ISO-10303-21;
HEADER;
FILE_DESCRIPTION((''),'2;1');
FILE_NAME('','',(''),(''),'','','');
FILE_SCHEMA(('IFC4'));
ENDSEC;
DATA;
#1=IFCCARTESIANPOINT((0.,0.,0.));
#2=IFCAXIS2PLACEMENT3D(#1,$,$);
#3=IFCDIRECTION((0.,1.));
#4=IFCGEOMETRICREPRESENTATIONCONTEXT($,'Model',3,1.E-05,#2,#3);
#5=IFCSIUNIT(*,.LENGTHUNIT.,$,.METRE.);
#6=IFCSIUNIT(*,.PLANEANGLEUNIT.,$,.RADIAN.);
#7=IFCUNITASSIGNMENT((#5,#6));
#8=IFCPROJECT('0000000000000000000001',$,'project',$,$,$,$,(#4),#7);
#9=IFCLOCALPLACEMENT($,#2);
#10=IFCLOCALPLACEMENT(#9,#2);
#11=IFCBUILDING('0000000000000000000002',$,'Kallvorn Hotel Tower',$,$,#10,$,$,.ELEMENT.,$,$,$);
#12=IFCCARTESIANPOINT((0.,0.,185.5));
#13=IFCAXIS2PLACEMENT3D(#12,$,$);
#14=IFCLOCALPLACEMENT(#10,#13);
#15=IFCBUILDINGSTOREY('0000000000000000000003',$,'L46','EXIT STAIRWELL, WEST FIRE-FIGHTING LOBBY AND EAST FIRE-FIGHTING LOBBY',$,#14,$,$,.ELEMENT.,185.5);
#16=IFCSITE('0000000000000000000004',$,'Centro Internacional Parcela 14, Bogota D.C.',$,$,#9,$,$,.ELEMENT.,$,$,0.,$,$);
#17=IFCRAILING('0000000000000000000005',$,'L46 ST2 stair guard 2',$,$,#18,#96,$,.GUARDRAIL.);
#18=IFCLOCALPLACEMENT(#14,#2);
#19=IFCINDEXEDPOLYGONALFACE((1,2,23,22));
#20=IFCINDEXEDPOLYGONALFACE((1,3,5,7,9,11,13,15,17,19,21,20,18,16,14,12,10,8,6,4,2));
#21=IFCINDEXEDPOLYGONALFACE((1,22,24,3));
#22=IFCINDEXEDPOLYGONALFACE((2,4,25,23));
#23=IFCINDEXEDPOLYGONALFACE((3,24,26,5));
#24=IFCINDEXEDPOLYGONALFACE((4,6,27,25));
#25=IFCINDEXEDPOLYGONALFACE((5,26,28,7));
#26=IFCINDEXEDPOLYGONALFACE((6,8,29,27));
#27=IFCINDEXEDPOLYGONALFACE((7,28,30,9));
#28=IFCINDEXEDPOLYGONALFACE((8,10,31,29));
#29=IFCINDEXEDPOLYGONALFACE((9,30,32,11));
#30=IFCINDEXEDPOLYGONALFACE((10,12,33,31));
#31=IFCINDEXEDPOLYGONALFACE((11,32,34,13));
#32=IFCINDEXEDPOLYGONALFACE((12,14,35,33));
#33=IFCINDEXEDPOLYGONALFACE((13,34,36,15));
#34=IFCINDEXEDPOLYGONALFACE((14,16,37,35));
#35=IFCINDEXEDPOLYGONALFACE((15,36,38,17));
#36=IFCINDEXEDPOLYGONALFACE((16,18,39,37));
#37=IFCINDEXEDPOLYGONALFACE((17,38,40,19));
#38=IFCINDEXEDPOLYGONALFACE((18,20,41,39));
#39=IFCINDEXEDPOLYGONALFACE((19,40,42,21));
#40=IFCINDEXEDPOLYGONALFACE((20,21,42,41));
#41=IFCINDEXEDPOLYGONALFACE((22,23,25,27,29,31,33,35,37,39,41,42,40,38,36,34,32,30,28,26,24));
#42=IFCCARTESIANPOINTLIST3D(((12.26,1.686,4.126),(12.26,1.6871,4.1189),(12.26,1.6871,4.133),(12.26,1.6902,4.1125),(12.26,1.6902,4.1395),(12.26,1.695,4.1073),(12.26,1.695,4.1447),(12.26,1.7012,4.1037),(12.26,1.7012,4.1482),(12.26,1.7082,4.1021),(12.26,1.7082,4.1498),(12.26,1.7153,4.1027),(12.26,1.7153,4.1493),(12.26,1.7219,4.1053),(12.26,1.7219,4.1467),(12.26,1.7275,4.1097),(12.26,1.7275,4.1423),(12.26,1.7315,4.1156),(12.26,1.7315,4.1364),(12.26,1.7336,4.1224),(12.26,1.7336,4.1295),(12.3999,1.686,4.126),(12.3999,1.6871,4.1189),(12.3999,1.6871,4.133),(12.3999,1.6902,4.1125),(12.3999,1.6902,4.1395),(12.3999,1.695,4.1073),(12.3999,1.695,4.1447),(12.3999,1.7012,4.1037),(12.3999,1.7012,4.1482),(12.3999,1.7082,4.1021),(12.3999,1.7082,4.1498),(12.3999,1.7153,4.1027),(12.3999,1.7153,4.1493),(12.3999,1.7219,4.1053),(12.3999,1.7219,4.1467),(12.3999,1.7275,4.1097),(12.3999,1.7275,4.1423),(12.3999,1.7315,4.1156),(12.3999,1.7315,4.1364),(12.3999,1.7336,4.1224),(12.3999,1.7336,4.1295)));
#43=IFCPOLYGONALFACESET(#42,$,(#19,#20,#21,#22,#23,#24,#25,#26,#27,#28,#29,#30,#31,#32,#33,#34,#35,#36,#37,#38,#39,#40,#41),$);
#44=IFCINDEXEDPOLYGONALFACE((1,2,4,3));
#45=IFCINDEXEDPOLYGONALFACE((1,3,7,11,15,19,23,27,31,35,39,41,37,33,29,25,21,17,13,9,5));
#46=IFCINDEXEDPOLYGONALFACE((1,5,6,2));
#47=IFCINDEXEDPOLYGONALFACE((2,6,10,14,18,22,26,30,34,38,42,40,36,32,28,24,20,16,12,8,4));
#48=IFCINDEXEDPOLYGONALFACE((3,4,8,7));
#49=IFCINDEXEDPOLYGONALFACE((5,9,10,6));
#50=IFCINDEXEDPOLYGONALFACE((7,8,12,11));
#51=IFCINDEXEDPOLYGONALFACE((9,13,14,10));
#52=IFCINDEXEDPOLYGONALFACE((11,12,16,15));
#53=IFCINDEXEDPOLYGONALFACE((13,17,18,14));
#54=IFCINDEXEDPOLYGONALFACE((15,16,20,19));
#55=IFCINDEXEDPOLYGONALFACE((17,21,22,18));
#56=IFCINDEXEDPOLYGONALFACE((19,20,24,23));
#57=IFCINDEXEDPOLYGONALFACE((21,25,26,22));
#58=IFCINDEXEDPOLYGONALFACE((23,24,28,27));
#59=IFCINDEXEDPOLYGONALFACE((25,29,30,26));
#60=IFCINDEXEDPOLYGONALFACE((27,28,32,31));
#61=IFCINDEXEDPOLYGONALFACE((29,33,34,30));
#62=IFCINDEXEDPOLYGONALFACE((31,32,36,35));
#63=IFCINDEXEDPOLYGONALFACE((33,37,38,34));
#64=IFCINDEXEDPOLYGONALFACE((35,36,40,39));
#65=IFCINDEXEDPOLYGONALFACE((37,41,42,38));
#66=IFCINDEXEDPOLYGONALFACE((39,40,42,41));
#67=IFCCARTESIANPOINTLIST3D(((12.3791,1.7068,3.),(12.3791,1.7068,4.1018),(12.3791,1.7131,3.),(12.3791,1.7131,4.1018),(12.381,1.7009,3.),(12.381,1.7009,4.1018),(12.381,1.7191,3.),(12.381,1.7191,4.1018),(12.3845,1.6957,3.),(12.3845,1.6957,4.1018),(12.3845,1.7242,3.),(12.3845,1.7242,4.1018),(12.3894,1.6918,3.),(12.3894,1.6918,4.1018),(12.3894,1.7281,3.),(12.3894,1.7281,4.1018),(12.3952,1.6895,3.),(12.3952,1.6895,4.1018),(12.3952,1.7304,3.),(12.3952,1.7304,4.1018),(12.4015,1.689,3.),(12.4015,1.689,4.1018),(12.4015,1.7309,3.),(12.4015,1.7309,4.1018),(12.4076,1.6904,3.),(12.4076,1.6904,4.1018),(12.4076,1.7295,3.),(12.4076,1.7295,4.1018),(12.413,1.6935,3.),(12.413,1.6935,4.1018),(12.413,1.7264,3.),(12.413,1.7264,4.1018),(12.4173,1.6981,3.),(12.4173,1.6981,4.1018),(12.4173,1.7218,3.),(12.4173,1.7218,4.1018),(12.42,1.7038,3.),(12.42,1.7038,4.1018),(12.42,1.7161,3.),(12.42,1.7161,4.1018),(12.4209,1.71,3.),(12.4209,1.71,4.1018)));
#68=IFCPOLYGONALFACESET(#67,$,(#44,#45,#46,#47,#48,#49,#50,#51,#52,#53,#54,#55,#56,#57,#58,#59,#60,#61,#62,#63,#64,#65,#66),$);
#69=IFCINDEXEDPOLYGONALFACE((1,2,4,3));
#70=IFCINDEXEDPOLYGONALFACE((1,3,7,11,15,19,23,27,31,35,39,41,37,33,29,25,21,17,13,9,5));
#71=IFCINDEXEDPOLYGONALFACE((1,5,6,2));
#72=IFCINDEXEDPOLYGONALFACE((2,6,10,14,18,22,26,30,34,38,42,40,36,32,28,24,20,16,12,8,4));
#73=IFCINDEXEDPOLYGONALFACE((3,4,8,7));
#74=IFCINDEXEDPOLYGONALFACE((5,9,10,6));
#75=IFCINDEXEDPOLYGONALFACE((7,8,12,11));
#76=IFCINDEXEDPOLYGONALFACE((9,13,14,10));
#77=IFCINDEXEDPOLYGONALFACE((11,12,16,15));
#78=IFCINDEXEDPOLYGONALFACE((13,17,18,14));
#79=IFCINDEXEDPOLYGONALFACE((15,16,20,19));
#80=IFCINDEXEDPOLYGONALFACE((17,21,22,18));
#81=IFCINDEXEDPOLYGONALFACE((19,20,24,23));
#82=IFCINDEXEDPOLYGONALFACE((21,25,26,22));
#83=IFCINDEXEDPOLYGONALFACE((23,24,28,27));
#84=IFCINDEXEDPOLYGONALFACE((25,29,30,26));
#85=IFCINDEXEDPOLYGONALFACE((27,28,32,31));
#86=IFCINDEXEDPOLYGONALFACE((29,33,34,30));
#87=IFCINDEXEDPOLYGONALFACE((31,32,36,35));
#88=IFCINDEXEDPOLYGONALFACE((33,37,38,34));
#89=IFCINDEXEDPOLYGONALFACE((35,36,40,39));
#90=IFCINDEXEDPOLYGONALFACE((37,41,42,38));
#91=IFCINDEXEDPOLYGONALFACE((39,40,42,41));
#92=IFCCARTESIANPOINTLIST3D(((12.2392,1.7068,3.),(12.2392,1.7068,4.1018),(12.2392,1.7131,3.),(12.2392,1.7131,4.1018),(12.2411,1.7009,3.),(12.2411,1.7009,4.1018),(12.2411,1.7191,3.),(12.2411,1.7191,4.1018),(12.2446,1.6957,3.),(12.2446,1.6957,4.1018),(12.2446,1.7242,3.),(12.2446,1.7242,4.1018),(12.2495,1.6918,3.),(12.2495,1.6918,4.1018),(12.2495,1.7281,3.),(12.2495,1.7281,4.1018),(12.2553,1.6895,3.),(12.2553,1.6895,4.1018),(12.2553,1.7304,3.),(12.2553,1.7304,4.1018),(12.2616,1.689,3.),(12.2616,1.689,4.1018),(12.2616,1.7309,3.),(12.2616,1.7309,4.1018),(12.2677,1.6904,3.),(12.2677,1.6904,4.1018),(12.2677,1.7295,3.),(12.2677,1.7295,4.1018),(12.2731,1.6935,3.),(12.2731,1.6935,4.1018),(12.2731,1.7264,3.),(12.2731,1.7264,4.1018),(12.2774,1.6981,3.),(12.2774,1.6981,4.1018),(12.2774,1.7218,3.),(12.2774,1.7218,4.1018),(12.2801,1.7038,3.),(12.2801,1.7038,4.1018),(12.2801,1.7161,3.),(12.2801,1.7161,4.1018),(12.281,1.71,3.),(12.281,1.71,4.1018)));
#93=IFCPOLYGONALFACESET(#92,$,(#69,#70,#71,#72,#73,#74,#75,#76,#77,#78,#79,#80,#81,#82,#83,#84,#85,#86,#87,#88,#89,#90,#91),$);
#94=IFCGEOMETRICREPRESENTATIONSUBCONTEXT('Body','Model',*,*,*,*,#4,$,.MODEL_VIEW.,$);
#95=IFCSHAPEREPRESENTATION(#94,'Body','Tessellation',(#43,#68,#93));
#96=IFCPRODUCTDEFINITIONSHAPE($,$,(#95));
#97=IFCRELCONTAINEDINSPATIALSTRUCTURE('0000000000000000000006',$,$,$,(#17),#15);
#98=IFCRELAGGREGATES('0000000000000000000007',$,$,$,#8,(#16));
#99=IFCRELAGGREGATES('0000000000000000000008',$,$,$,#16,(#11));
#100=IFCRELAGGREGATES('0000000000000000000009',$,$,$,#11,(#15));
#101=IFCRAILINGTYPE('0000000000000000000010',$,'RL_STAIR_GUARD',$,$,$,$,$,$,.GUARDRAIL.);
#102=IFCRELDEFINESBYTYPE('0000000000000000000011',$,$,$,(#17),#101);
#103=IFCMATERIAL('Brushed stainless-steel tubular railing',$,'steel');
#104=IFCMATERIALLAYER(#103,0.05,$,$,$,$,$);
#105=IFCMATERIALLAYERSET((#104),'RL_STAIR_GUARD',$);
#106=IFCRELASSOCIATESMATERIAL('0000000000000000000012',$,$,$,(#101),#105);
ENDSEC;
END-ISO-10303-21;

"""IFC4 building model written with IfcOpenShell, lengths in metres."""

from ifc_helpers import new_model, si_unit, direction, frame, origin, origin_2d, place, context, subcontext, project, spatial, circle, extrude, material, layer, layer_set, type_object, element, save


model = new_model("IFC4")

# Units and contexts
model_context = context("Model", 3, precision=1e-05, world=origin(), true_north=direction((0.0, 1.0)))
body_context = subcontext(model_context, "Body", "Model", "MODEL_VIEW")
ifc_project = project(units=[si_unit("LENGTHUNIT", "METRE"), si_unit("PLANEANGLEUNIT", "RADIAN")], contexts=[model_context])

# Site, building, storey
site_placement = place(None, origin())
site = spatial("IfcSite", under=ifc_project, at=site_placement, Name="Centro Internacional Parcela 14, Bogota D.C.", CompositionType="ELEMENT", RefElevation=0.0)
building_placement = place(site_placement, origin())
building = spatial("IfcBuilding", under=site, at=building_placement, Name="Kallvorn Hotel Tower", CompositionType="ELEMENT")
storey_placement = place(building_placement, frame((0.0, 0.0, 185.5)))
storey = spatial("IfcBuildingStorey", under=building, at=storey_placement, Name="L46", Description="EXIT STAIRWELL, WEST FIRE-FIGHTING LOBBY AND EAST FIRE-FIGHTING LOBBY", CompositionType="ELEMENT", Elevation=185.5)

# Railing
ifc_material_1 = material(Name="Brushed stainless-steel tubular railing", Category="steel")
ifc_layer_1 = layer(ifc_material_1, 0.05)
ifc_layer_set_1 = layer_set([ifc_layer_1], Name="RL_STAIR_GUARD")
railing_type_1 = type_object("IfcRailingType", Name="RL_STAIR_GUARD", PredefinedType="GUARDRAIL", material=ifc_layer_set_1)
railing_1_placement = place(storey_placement, frame((12.3999, 1.71, 3.0)))
element("IfcRailing", 1, at=railing_1_placement, inside=storey, type_object=railing_type_1, Name="L46 ST2 stair guard 2", PredefinedType="GUARDRAIL", context=body_context, shape_type="SweptSolid", body=[
    extrude(circle(Radius=0.0239, at=origin_2d()), frame((0.0, 0.0, 1.126), z_axis=(-1.0, 0.0, 0.0), x_axis=(0.0, -1.0, 0.0)), (0.0, 0.0, 1.0), 0.1399),
    extrude(circle(Radius=0.021, at=origin_2d()), origin(), (0.0, 0.0, 1.0), 1.1018),
    extrude(circle(Radius=0.021, at=origin_2d()), frame((-0.1399, 0.0, 0.0)), (0.0, 0.0, 1.0), 1.1018),
])

save(model, "model.ifc")
